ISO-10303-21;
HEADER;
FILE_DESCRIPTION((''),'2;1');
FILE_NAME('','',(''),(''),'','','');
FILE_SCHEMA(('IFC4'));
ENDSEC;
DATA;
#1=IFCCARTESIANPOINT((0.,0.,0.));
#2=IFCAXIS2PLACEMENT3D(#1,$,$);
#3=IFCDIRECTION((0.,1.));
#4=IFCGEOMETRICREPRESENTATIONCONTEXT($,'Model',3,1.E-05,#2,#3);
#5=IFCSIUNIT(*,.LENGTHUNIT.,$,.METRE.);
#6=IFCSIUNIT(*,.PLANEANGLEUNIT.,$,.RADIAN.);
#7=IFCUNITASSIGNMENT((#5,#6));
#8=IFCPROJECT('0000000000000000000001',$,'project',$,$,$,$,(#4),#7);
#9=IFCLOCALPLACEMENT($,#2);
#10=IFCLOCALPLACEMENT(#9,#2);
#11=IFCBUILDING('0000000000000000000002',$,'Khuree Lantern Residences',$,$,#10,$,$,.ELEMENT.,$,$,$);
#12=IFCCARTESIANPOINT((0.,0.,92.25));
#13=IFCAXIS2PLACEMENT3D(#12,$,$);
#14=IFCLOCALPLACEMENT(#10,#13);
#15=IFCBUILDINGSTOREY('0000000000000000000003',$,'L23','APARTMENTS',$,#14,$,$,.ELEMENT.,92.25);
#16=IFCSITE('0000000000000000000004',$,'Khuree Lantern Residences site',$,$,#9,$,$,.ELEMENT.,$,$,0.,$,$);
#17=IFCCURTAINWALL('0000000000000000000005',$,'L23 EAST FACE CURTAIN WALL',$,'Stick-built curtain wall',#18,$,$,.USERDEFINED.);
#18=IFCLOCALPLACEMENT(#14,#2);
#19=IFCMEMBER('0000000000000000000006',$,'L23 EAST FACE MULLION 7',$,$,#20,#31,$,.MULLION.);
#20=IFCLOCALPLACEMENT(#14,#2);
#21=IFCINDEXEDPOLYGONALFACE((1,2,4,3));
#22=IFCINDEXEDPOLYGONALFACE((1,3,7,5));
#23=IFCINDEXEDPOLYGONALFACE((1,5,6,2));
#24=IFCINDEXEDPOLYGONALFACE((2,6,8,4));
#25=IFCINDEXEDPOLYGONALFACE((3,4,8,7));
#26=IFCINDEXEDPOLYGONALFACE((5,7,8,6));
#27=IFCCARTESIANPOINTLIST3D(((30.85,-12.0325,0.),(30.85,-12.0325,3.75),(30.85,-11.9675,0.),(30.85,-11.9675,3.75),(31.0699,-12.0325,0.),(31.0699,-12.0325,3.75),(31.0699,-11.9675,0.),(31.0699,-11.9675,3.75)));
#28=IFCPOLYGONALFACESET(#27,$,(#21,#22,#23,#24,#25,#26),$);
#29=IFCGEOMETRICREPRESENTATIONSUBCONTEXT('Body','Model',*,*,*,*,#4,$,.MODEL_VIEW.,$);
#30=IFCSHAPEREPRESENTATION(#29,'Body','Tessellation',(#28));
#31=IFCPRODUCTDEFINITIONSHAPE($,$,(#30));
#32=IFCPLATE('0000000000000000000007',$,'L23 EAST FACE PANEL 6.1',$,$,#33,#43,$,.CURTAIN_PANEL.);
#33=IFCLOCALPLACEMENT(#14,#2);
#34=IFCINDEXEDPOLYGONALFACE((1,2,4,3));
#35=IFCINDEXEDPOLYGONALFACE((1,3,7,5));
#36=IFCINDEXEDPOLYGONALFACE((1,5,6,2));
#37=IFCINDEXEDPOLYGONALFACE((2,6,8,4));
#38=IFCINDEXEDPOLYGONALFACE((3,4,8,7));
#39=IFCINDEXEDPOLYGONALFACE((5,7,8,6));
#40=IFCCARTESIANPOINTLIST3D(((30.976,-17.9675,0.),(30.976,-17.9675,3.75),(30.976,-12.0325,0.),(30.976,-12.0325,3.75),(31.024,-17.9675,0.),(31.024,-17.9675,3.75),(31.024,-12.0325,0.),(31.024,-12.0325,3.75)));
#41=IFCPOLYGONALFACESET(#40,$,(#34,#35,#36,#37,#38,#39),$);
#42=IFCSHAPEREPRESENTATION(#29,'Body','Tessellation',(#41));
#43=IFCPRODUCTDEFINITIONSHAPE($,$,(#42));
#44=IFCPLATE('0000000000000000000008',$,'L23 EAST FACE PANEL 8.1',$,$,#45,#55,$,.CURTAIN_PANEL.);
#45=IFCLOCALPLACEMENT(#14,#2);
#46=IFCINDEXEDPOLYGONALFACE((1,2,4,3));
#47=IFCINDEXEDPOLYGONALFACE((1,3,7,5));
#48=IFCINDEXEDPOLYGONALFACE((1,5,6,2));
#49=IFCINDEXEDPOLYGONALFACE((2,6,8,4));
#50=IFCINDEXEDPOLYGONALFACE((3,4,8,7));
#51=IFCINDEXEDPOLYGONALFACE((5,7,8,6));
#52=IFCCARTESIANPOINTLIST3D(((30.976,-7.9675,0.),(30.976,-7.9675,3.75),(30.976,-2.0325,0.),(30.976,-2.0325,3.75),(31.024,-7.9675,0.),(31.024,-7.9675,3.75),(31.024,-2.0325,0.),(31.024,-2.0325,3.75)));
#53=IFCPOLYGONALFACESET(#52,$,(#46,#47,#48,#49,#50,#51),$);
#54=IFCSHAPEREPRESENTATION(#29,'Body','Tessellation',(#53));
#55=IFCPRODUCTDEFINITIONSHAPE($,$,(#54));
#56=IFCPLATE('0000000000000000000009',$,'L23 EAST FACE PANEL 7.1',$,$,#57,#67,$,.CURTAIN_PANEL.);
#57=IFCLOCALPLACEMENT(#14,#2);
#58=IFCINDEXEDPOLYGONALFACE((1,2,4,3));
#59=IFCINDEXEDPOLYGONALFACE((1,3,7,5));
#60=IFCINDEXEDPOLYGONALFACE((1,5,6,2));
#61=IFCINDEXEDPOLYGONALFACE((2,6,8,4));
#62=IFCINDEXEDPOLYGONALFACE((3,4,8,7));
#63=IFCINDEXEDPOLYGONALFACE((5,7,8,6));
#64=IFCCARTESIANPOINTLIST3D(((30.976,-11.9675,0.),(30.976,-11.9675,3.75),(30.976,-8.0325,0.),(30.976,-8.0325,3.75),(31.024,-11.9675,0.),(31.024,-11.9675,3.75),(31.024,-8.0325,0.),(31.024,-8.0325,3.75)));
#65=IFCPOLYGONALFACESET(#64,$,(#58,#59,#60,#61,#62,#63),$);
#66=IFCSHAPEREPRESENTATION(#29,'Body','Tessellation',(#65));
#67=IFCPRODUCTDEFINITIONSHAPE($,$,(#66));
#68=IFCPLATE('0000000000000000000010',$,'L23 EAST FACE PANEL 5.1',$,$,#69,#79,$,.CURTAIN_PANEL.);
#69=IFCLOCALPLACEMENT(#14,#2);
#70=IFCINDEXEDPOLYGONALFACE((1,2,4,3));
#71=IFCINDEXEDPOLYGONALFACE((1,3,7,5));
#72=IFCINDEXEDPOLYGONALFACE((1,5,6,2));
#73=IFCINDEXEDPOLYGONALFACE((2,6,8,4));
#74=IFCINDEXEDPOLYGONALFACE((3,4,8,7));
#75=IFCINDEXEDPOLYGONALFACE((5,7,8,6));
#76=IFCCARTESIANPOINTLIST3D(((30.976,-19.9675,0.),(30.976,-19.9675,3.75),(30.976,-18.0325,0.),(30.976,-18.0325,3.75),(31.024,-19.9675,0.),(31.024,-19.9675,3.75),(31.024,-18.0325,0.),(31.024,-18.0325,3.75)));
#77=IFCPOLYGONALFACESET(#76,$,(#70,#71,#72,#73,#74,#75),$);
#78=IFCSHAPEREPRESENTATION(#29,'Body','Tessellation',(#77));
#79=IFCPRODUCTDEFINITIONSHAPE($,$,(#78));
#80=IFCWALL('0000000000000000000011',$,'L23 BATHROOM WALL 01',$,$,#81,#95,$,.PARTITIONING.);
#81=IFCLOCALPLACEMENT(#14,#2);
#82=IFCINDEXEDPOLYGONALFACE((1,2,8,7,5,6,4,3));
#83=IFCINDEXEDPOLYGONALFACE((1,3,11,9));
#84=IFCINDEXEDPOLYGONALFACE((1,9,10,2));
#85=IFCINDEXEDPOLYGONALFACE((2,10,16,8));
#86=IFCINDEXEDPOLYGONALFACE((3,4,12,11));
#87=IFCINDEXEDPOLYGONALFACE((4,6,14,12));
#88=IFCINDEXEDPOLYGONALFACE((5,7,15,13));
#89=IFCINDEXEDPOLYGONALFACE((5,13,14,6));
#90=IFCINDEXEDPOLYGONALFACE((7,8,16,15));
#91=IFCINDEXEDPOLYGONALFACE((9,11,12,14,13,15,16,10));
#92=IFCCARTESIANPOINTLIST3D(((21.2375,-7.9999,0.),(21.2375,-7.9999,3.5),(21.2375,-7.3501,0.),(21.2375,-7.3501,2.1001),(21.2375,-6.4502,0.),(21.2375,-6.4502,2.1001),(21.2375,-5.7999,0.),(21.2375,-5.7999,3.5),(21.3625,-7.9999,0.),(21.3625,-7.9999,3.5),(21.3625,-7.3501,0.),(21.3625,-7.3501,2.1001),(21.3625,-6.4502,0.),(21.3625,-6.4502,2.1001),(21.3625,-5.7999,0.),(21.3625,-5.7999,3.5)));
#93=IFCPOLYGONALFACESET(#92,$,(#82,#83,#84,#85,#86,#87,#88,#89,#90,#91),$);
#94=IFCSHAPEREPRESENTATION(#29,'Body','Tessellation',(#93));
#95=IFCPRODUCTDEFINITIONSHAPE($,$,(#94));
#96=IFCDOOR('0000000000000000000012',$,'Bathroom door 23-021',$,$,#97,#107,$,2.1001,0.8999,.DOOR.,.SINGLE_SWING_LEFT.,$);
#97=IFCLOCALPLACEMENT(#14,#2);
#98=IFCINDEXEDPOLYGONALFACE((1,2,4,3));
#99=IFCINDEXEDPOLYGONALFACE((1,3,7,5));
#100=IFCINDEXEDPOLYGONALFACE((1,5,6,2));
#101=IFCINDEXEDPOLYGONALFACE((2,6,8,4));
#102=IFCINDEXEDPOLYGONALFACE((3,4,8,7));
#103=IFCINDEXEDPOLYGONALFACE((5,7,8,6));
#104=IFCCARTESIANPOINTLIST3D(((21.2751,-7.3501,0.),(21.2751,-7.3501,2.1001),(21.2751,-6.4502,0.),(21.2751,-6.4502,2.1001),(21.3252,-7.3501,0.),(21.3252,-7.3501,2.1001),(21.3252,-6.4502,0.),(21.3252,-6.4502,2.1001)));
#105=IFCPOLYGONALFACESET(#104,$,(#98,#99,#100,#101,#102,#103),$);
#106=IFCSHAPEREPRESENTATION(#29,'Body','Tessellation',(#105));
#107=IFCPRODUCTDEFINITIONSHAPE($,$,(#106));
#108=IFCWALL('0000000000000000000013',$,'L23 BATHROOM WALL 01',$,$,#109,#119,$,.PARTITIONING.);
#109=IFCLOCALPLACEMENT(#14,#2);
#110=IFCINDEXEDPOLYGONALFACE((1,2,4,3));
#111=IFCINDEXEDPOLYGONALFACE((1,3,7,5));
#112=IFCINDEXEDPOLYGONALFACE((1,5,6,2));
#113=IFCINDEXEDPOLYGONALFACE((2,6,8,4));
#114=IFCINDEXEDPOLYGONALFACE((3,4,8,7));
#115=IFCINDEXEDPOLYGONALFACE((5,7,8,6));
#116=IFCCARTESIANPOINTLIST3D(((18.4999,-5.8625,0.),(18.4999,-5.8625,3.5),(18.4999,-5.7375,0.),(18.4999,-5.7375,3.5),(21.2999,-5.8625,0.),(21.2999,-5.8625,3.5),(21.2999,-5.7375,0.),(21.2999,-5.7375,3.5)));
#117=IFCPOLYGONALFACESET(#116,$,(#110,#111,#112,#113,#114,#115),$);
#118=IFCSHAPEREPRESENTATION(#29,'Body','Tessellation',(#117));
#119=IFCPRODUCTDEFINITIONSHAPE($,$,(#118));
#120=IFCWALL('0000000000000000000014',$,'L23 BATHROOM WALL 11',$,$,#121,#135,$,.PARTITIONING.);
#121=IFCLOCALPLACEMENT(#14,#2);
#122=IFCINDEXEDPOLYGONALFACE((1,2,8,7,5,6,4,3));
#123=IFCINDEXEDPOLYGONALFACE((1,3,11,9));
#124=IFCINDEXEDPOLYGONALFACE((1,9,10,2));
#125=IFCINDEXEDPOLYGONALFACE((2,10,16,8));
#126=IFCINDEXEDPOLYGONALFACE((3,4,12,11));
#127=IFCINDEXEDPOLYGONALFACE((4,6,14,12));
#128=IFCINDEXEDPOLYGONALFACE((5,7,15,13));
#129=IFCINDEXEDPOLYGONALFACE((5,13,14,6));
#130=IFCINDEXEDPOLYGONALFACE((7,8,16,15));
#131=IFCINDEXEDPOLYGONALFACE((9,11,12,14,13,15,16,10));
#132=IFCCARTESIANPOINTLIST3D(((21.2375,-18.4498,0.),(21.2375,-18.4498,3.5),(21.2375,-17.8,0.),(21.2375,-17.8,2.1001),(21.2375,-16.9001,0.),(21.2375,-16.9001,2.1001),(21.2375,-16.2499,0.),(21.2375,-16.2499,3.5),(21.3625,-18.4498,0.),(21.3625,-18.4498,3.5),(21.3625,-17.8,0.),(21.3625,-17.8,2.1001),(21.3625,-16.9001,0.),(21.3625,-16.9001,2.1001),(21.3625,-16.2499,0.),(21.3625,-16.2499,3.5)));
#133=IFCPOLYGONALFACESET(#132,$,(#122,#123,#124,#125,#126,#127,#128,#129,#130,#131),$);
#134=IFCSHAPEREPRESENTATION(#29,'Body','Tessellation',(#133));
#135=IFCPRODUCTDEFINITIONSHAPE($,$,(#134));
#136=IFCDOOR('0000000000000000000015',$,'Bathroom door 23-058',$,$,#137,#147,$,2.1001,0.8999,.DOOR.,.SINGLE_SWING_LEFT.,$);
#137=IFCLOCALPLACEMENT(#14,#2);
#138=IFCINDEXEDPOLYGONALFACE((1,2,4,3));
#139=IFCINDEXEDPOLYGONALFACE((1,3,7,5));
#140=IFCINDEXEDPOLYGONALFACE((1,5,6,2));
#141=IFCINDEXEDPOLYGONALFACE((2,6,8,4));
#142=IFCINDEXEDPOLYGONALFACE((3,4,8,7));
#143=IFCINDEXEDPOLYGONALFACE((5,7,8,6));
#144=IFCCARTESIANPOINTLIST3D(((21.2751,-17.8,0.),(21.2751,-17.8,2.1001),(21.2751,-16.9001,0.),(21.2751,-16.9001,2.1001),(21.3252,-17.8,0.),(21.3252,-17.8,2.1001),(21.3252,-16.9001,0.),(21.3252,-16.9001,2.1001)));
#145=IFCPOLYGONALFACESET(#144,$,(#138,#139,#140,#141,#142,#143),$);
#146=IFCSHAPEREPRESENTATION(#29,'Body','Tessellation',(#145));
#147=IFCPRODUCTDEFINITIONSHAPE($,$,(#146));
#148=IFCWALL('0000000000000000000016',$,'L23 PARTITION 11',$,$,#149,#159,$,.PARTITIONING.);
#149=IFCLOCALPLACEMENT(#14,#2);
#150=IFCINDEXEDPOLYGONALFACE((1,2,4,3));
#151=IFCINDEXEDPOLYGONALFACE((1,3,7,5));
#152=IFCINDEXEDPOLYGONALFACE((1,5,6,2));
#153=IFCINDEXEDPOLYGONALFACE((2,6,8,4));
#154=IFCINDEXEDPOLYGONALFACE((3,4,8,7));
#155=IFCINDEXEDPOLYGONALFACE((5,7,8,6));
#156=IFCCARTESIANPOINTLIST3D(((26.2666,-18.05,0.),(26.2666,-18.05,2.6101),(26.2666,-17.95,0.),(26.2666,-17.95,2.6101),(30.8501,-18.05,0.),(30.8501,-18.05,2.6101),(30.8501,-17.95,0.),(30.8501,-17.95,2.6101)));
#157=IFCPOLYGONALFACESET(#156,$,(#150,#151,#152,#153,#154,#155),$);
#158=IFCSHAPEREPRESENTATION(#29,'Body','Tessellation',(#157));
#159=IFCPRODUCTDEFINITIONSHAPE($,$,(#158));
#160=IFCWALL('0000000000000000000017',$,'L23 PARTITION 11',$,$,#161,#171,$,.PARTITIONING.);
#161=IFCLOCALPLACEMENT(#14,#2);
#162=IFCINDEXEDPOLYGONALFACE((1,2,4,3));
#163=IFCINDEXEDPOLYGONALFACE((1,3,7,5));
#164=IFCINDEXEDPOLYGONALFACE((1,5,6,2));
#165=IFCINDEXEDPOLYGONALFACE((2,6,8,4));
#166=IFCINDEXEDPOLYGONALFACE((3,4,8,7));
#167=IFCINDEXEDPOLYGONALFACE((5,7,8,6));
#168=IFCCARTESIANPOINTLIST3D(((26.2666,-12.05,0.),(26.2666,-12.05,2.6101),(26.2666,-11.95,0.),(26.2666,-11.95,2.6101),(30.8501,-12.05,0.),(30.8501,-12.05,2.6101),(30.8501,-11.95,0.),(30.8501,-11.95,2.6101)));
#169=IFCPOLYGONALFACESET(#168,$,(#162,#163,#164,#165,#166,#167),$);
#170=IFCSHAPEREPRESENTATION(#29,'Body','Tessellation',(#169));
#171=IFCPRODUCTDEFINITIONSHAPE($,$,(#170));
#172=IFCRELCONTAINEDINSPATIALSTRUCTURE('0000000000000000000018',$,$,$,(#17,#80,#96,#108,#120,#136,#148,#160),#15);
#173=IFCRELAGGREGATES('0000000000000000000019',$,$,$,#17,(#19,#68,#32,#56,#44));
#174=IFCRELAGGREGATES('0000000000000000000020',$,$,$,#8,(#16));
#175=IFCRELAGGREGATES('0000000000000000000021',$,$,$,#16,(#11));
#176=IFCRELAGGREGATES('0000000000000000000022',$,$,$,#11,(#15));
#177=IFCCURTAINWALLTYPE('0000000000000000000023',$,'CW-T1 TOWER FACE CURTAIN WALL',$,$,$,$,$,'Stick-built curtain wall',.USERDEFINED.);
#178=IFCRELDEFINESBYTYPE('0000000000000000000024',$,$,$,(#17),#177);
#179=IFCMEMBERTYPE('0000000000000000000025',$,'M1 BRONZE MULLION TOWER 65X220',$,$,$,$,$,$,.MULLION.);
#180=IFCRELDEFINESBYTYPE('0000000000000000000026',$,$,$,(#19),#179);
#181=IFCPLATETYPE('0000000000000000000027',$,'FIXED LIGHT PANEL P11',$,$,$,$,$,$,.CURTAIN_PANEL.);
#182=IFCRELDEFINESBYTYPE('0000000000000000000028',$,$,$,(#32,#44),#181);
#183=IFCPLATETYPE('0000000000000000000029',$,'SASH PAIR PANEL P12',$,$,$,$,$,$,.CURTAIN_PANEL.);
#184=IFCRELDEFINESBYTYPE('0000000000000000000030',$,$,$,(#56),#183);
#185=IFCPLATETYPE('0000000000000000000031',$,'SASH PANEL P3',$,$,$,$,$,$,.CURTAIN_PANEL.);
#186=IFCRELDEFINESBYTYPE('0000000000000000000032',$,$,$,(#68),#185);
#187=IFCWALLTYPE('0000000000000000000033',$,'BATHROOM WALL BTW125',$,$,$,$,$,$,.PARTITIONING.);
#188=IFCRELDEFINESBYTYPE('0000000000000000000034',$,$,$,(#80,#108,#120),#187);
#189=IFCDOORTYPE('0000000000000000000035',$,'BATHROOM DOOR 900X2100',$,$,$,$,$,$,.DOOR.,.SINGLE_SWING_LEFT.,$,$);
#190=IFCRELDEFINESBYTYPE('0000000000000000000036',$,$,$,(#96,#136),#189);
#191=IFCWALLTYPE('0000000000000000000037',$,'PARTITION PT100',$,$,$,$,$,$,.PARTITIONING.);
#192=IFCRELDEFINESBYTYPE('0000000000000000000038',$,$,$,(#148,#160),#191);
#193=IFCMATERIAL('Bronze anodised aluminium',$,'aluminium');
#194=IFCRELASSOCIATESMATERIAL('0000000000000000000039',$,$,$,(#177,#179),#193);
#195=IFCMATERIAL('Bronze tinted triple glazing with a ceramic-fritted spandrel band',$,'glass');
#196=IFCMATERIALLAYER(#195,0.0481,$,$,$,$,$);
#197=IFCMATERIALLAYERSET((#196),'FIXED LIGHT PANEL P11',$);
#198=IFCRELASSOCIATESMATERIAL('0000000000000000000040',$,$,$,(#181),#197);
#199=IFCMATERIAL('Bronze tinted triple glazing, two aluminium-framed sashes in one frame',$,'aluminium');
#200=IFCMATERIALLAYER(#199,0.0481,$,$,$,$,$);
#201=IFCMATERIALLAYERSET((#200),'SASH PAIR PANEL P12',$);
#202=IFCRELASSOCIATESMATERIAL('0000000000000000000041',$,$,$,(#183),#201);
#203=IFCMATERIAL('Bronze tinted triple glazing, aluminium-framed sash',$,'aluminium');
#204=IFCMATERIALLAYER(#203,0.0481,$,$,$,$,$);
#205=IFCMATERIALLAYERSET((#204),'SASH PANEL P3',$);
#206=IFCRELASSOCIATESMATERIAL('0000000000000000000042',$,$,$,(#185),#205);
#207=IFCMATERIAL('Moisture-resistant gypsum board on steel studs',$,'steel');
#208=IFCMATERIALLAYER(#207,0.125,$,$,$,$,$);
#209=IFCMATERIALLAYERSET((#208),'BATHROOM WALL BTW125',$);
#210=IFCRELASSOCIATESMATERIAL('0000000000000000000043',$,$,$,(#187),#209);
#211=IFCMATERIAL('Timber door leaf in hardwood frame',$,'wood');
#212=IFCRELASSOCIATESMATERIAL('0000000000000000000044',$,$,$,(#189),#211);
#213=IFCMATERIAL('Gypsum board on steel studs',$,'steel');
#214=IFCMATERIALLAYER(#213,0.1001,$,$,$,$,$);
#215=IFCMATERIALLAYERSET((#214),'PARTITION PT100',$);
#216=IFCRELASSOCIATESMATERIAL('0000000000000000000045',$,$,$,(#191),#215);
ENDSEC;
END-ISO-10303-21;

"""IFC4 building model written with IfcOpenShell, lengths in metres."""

from ifc_helpers import new_model, si_unit, direction, frame, frame_2d, origin, origin_2d, place, context, subcontext, project, spatial, rectangle, extrude, material, layer, layer_set, material_profile, profile_set, type_object, element, fill, aggregate, save


model = new_model("IFC4")

# Units and contexts
model_context = context("Model", 3, precision=1e-05, world=origin(), true_north=direction((0.0, 1.0)))
body_context = subcontext(model_context, "Body", "Model", "MODEL_VIEW")
ifc_project = project(units=[si_unit("LENGTHUNIT", "METRE"), si_unit("PLANEANGLEUNIT", "RADIAN")], contexts=[model_context])

# Site, building, storey
site_placement = place(None, origin())
site = spatial("IfcSite", under=ifc_project, at=site_placement, Name="Khuree Lantern Residences site", CompositionType="ELEMENT", RefElevation=0.0)
building_placement = place(site_placement, origin())
building = spatial("IfcBuilding", under=site, at=building_placement, Name="Khuree Lantern Residences", CompositionType="ELEMENT")
storey_placement = place(building_placement, frame((0.0, 0.0, 92.25)))
storey = spatial("IfcBuildingStorey", under=building, at=storey_placement, Name="L23", Description="APARTMENTS", CompositionType="ELEMENT", Elevation=92.25)

# Curtain wall
ifc_material_1 = material(Name="Bronze anodised aluminium", Category="aluminium")
curtain_wall_type = type_object("IfcCurtainWallType", Name="CW-T1 TOWER FACE CURTAIN WALL", ElementType="Stick-built curtain wall", PredefinedType="USERDEFINED", material=ifc_material_1)
curtain_wall_placement = place(storey_placement, origin())
curtain_wall = element("IfcCurtainWall", 1, at=curtain_wall_placement, inside=storey, type_object=curtain_wall_type, Name="L23 EAST FACE CURTAIN WALL", ObjectType="Stick-built curtain wall", PredefinedType="USERDEFINED")

# Member
ifc_material_profile_1 = material_profile(ifc_material_1, rectangle(XDim=0.0649, YDim=0.22, at=origin_2d()), Name="M1 65X220")
ifc_profile_set_1 = profile_set([ifc_material_profile_1], Name="Bronze anodised aluminium")
member_type_1 = type_object("IfcMemberType", Name="M1 BRONZE MULLION TOWER 65X220", PredefinedType="MULLION", material=ifc_profile_set_1)
member_1_placement = place(storey_placement, frame((30.96, -12.0, 0.0), z_axis=(0.0, 0.0, 1.0), x_axis=(0.0, 1.0, 0.0)))
member_1 = element("IfcMember", 2, at=member_1_placement, type_object=member_type_1, Name="L23 EAST FACE MULLION 7", PredefinedType="MULLION", context=body_context, shape_type="SweptSolid", body=[
    extrude(rectangle(XDim=0.0649, YDim=0.22, at=origin_2d()), origin(), (0.0, 0.0, 1.0), 3.75),
])

# Plates
ifc_material_2 = material(Name="Bronze tinted triple glazing with a ceramic-fritted spandrel band", Category="glass")
ifc_layer_1 = layer(ifc_material_2, 0.0481)
ifc_layer_set_1 = layer_set([ifc_layer_1], Name="FIXED LIGHT PANEL P11")
plate_type_1 = type_object("IfcPlateType", Name="FIXED LIGHT PANEL P11", PredefinedType="CURTAIN_PANEL", material=ifc_layer_set_1)
plate_1_placement = place(storey_placement, frame((31.0, -15.0, 0.0), z_axis=(0.0, 0.0, 1.0), x_axis=(0.0, 1.0, 0.0)))
plate_1 = element("IfcPlate", 3, at=plate_1_placement, type_object=plate_type_1, Name="L23 EAST FACE PANEL 6.1", PredefinedType="CURTAIN_PANEL", context=body_context, shape_type="SweptSolid", body=[
    extrude(rectangle(XDim=5.9351, YDim=0.0481, at=origin_2d()), origin(), (0.0, 0.0, 1.0), 3.75),
])
plate_2_placement = place(storey_placement, frame((31.0, -5.0, 0.0), z_axis=(0.0, 0.0, 1.0), x_axis=(0.0, 1.0, 0.0)))
plate_2 = element("IfcPlate", 4, at=plate_2_placement, type_object=plate_type_1, Name="L23 EAST FACE PANEL 8.1", PredefinedType="CURTAIN_PANEL", context=body_context, shape_type="SweptSolid", body=[
    extrude(rectangle(XDim=5.9351, YDim=0.0481, at=origin_2d()), origin(), (0.0, 0.0, 1.0), 3.75),
])
ifc_material_3 = material(Name="Bronze tinted triple glazing, two aluminium-framed sashes in one frame", Category="aluminium")
ifc_layer_2 = layer(ifc_material_3, 0.0481)
ifc_layer_set_2 = layer_set([ifc_layer_2], Name="SASH PAIR PANEL P12")
plate_type_2 = type_object("IfcPlateType", Name="SASH PAIR PANEL P12", PredefinedType="CURTAIN_PANEL", material=ifc_layer_set_2)
plate_3_placement = place(storey_placement, frame((31.0, -10.0, 0.0), z_axis=(0.0, 0.0, 1.0), x_axis=(0.0, 1.0, 0.0)))
plate_3 = element("IfcPlate", 5, at=plate_3_placement, type_object=plate_type_2, Name="L23 EAST FACE PANEL 7.1", PredefinedType="CURTAIN_PANEL", context=body_context, shape_type="SweptSolid", body=[
    extrude(rectangle(XDim=3.9351, YDim=0.0481, at=origin_2d()), origin(), (0.0, 0.0, 1.0), 3.75),
])
ifc_material_4 = material(Name="Bronze tinted triple glazing, aluminium-framed sash", Category="aluminium")
ifc_layer_3 = layer(ifc_material_4, 0.0481)
ifc_layer_set_3 = layer_set([ifc_layer_3], Name="SASH PANEL P3")
plate_type_3 = type_object("IfcPlateType", Name="SASH PANEL P3", PredefinedType="CURTAIN_PANEL", material=ifc_layer_set_3)
plate_4_placement = place(storey_placement, frame((31.0, -19.0, 0.0), z_axis=(0.0, 0.0, 1.0), x_axis=(0.0, 1.0, 0.0)))
plate_4 = element("IfcPlate", 6, at=plate_4_placement, type_object=plate_type_3, Name="L23 EAST FACE PANEL 5.1", PredefinedType="CURTAIN_PANEL", context=body_context, shape_type="SweptSolid", body=[
    extrude(rectangle(XDim=1.9351, YDim=0.0481, at=origin_2d()), origin(), (0.0, 0.0, 1.0), 3.75),
])
aggregate(curtain_wall, [member_1, plate_4, plate_1, plate_3, plate_2])

# Wall, opening, door
ifc_material_5 = material(Name="Moisture-resistant gypsum board on steel studs", Category="steel")
ifc_layer_4 = layer(ifc_material_5, 0.125)
ifc_layer_set_4 = layer_set([ifc_layer_4], Name="BATHROOM WALL BTW125")
wall_type_1 = type_object("IfcWallType", Name="BATHROOM WALL BTW125", PredefinedType="PARTITIONING", material=ifc_layer_set_4)
wall_1_placement = place(storey_placement, frame((21.3, -8.0, 0.0), z_axis=(0.0, 0.0, 1.0), x_axis=(0.0, 1.0, 0.0)))
wall_1 = element("IfcWall", 7, at=wall_1_placement, inside=storey, type_object=wall_type_1, Name="L23 BATHROOM WALL 01", PredefinedType="PARTITIONING", context=body_context, shape_type="SweptSolid", body=[
    extrude(rectangle(XDim=2.2, YDim=0.125, at=frame_2d((1.1001, 0.0))), origin(), (0.0, 0.0, 1.0), 3.5),
])
opening_1_placement = place(wall_1_placement, frame((0.6499, 0.0, 0.0)))
opening_1 = element("IfcOpeningElement", 8, at=opening_1_placement, cuts=wall_1, PredefinedType="OPENING", context=body_context, shape_type="SweptSolid", body=[
    extrude(rectangle(XDim=0.8999, YDim=2.1001, at=frame_2d((0.45, 1.05))), frame((0.0, 0.0725, 0.0), z_axis=(0.0, -1.0, 0.0), x_axis=(1.0, 0.0, 0.0)), (0.0, 0.0, 1.0), 0.145),
])
ifc_material_6 = material(Name="Timber door leaf in hardwood frame", Category="wood")
door_type_1 = type_object("IfcDoorType", Name="BATHROOM DOOR 900X2100", OperationType="SINGLE_SWING_LEFT", PredefinedType="DOOR", material=ifc_material_6)
door_1_placement = place(opening_1_placement, origin())
door_1 = element("IfcDoor", 9, at=door_1_placement, inside=storey, type_object=door_type_1, Name="Bathroom door 23-021", OperationType="SINGLE_SWING_LEFT", OverallHeight=2.1001, OverallWidth=0.8999, PredefinedType="DOOR", context=body_context, shape_type="SweptSolid", body=[
    extrude(rectangle(XDim=0.8999, YDim=2.1001, at=frame_2d((0.45, 1.05))), frame((0.0, 0.0249, 0.0), z_axis=(0.0, -1.0, 0.0), x_axis=(1.0, 0.0, 0.0)), (0.0, 0.0, 1.0), 0.05),
])
fill(opening_1, door_1)

# Wall
wall_2_placement = place(storey_placement, frame((18.5, -5.8, 0.0), z_axis=(0.0, 0.0, 1.0), x_axis=(1.0, 0.0, 0.0)))
element("IfcWall", 10, at=wall_2_placement, inside=storey, type_object=wall_type_1, Name="L23 BATHROOM WALL 01", PredefinedType="PARTITIONING", context=body_context, shape_type="SweptSolid", body=[
    extrude(rectangle(XDim=2.8, YDim=0.125, at=frame_2d((1.3999, 0.0))), origin(), (0.0, 0.0, 1.0), 3.5),
])

# Wall, opening, door
wall_3_placement = place(storey_placement, frame((21.3, -18.45, 0.0), z_axis=(0.0, 0.0, 1.0), x_axis=(0.0, 1.0, 0.0)))
wall_3 = element("IfcWall", 11, at=wall_3_placement, inside=storey, type_object=wall_type_1, Name="L23 BATHROOM WALL 11", PredefinedType="PARTITIONING", context=body_context, shape_type="SweptSolid", body=[
    extrude(rectangle(XDim=2.2, YDim=0.125, at=frame_2d((1.1001, 0.0))), origin(), (0.0, 0.0, 1.0), 3.5),
])
opening_2_placement = place(wall_3_placement, frame((0.6499, 0.0, 0.0)))
opening_2 = element("IfcOpeningElement", 12, at=opening_2_placement, cuts=wall_3, PredefinedType="OPENING", context=body_context, shape_type="SweptSolid", body=[
    extrude(rectangle(XDim=0.8999, YDim=2.1001, at=frame_2d((0.45, 1.05))), frame((0.0, 0.0725, 0.0), z_axis=(0.0, -1.0, 0.0), x_axis=(1.0, 0.0, 0.0)), (0.0, 0.0, 1.0), 0.145),
])
door_2_placement = place(opening_2_placement, origin())
door_2 = element("IfcDoor", 13, at=door_2_placement, inside=storey, type_object=door_type_1, Name="Bathroom door 23-058", OperationType="SINGLE_SWING_LEFT", OverallHeight=2.1001, OverallWidth=0.8999, PredefinedType="DOOR", context=body_context, shape_type="SweptSolid", body=[
    extrude(rectangle(XDim=0.8999, YDim=2.1001, at=frame_2d((0.45, 1.05))), frame((0.0, 0.0249, 0.0), z_axis=(0.0, -1.0, 0.0), x_axis=(1.0, 0.0, 0.0)), (0.0, 0.0, 1.0), 0.05),
])
fill(opening_2, door_2)

# Walls
ifc_material_7 = material(Name="Gypsum board on steel studs", Category="steel")
ifc_layer_5 = layer(ifc_material_7, 0.1001)
ifc_layer_set_5 = layer_set([ifc_layer_5], Name="PARTITION PT100")
wall_type_2 = type_object("IfcWallType", Name="PARTITION PT100", PredefinedType="PARTITIONING", material=ifc_layer_set_5)
for number, where, z_axis, x_axis, name in (
    (14, (26.2666, -18.0, 0.0), (0.0, 0.0, 1.0), (1.0, 0.0, 0.0), "L23 PARTITION 11"),
    (15, (26.2666, -12.0, 0.0), (0.0, 0.0, 1.0), (1.0, 0.0, 0.0), "L23 PARTITION 11"),
):
    element("IfcWall", number, at=place(storey_placement, frame(where, z_axis=z_axis, x_axis=x_axis)), inside=storey, type_object=wall_type_2, Name=name, PredefinedType="PARTITIONING", context=body_context, shape_type="SweptSolid", body=[
        extrude(rectangle(XDim=4.5835, YDim=0.1001, at=frame_2d((2.2917, 0.0))), origin(), (0.0, 0.0, 1.0), 2.6101),
    ])

save(model, "model.ifc")
